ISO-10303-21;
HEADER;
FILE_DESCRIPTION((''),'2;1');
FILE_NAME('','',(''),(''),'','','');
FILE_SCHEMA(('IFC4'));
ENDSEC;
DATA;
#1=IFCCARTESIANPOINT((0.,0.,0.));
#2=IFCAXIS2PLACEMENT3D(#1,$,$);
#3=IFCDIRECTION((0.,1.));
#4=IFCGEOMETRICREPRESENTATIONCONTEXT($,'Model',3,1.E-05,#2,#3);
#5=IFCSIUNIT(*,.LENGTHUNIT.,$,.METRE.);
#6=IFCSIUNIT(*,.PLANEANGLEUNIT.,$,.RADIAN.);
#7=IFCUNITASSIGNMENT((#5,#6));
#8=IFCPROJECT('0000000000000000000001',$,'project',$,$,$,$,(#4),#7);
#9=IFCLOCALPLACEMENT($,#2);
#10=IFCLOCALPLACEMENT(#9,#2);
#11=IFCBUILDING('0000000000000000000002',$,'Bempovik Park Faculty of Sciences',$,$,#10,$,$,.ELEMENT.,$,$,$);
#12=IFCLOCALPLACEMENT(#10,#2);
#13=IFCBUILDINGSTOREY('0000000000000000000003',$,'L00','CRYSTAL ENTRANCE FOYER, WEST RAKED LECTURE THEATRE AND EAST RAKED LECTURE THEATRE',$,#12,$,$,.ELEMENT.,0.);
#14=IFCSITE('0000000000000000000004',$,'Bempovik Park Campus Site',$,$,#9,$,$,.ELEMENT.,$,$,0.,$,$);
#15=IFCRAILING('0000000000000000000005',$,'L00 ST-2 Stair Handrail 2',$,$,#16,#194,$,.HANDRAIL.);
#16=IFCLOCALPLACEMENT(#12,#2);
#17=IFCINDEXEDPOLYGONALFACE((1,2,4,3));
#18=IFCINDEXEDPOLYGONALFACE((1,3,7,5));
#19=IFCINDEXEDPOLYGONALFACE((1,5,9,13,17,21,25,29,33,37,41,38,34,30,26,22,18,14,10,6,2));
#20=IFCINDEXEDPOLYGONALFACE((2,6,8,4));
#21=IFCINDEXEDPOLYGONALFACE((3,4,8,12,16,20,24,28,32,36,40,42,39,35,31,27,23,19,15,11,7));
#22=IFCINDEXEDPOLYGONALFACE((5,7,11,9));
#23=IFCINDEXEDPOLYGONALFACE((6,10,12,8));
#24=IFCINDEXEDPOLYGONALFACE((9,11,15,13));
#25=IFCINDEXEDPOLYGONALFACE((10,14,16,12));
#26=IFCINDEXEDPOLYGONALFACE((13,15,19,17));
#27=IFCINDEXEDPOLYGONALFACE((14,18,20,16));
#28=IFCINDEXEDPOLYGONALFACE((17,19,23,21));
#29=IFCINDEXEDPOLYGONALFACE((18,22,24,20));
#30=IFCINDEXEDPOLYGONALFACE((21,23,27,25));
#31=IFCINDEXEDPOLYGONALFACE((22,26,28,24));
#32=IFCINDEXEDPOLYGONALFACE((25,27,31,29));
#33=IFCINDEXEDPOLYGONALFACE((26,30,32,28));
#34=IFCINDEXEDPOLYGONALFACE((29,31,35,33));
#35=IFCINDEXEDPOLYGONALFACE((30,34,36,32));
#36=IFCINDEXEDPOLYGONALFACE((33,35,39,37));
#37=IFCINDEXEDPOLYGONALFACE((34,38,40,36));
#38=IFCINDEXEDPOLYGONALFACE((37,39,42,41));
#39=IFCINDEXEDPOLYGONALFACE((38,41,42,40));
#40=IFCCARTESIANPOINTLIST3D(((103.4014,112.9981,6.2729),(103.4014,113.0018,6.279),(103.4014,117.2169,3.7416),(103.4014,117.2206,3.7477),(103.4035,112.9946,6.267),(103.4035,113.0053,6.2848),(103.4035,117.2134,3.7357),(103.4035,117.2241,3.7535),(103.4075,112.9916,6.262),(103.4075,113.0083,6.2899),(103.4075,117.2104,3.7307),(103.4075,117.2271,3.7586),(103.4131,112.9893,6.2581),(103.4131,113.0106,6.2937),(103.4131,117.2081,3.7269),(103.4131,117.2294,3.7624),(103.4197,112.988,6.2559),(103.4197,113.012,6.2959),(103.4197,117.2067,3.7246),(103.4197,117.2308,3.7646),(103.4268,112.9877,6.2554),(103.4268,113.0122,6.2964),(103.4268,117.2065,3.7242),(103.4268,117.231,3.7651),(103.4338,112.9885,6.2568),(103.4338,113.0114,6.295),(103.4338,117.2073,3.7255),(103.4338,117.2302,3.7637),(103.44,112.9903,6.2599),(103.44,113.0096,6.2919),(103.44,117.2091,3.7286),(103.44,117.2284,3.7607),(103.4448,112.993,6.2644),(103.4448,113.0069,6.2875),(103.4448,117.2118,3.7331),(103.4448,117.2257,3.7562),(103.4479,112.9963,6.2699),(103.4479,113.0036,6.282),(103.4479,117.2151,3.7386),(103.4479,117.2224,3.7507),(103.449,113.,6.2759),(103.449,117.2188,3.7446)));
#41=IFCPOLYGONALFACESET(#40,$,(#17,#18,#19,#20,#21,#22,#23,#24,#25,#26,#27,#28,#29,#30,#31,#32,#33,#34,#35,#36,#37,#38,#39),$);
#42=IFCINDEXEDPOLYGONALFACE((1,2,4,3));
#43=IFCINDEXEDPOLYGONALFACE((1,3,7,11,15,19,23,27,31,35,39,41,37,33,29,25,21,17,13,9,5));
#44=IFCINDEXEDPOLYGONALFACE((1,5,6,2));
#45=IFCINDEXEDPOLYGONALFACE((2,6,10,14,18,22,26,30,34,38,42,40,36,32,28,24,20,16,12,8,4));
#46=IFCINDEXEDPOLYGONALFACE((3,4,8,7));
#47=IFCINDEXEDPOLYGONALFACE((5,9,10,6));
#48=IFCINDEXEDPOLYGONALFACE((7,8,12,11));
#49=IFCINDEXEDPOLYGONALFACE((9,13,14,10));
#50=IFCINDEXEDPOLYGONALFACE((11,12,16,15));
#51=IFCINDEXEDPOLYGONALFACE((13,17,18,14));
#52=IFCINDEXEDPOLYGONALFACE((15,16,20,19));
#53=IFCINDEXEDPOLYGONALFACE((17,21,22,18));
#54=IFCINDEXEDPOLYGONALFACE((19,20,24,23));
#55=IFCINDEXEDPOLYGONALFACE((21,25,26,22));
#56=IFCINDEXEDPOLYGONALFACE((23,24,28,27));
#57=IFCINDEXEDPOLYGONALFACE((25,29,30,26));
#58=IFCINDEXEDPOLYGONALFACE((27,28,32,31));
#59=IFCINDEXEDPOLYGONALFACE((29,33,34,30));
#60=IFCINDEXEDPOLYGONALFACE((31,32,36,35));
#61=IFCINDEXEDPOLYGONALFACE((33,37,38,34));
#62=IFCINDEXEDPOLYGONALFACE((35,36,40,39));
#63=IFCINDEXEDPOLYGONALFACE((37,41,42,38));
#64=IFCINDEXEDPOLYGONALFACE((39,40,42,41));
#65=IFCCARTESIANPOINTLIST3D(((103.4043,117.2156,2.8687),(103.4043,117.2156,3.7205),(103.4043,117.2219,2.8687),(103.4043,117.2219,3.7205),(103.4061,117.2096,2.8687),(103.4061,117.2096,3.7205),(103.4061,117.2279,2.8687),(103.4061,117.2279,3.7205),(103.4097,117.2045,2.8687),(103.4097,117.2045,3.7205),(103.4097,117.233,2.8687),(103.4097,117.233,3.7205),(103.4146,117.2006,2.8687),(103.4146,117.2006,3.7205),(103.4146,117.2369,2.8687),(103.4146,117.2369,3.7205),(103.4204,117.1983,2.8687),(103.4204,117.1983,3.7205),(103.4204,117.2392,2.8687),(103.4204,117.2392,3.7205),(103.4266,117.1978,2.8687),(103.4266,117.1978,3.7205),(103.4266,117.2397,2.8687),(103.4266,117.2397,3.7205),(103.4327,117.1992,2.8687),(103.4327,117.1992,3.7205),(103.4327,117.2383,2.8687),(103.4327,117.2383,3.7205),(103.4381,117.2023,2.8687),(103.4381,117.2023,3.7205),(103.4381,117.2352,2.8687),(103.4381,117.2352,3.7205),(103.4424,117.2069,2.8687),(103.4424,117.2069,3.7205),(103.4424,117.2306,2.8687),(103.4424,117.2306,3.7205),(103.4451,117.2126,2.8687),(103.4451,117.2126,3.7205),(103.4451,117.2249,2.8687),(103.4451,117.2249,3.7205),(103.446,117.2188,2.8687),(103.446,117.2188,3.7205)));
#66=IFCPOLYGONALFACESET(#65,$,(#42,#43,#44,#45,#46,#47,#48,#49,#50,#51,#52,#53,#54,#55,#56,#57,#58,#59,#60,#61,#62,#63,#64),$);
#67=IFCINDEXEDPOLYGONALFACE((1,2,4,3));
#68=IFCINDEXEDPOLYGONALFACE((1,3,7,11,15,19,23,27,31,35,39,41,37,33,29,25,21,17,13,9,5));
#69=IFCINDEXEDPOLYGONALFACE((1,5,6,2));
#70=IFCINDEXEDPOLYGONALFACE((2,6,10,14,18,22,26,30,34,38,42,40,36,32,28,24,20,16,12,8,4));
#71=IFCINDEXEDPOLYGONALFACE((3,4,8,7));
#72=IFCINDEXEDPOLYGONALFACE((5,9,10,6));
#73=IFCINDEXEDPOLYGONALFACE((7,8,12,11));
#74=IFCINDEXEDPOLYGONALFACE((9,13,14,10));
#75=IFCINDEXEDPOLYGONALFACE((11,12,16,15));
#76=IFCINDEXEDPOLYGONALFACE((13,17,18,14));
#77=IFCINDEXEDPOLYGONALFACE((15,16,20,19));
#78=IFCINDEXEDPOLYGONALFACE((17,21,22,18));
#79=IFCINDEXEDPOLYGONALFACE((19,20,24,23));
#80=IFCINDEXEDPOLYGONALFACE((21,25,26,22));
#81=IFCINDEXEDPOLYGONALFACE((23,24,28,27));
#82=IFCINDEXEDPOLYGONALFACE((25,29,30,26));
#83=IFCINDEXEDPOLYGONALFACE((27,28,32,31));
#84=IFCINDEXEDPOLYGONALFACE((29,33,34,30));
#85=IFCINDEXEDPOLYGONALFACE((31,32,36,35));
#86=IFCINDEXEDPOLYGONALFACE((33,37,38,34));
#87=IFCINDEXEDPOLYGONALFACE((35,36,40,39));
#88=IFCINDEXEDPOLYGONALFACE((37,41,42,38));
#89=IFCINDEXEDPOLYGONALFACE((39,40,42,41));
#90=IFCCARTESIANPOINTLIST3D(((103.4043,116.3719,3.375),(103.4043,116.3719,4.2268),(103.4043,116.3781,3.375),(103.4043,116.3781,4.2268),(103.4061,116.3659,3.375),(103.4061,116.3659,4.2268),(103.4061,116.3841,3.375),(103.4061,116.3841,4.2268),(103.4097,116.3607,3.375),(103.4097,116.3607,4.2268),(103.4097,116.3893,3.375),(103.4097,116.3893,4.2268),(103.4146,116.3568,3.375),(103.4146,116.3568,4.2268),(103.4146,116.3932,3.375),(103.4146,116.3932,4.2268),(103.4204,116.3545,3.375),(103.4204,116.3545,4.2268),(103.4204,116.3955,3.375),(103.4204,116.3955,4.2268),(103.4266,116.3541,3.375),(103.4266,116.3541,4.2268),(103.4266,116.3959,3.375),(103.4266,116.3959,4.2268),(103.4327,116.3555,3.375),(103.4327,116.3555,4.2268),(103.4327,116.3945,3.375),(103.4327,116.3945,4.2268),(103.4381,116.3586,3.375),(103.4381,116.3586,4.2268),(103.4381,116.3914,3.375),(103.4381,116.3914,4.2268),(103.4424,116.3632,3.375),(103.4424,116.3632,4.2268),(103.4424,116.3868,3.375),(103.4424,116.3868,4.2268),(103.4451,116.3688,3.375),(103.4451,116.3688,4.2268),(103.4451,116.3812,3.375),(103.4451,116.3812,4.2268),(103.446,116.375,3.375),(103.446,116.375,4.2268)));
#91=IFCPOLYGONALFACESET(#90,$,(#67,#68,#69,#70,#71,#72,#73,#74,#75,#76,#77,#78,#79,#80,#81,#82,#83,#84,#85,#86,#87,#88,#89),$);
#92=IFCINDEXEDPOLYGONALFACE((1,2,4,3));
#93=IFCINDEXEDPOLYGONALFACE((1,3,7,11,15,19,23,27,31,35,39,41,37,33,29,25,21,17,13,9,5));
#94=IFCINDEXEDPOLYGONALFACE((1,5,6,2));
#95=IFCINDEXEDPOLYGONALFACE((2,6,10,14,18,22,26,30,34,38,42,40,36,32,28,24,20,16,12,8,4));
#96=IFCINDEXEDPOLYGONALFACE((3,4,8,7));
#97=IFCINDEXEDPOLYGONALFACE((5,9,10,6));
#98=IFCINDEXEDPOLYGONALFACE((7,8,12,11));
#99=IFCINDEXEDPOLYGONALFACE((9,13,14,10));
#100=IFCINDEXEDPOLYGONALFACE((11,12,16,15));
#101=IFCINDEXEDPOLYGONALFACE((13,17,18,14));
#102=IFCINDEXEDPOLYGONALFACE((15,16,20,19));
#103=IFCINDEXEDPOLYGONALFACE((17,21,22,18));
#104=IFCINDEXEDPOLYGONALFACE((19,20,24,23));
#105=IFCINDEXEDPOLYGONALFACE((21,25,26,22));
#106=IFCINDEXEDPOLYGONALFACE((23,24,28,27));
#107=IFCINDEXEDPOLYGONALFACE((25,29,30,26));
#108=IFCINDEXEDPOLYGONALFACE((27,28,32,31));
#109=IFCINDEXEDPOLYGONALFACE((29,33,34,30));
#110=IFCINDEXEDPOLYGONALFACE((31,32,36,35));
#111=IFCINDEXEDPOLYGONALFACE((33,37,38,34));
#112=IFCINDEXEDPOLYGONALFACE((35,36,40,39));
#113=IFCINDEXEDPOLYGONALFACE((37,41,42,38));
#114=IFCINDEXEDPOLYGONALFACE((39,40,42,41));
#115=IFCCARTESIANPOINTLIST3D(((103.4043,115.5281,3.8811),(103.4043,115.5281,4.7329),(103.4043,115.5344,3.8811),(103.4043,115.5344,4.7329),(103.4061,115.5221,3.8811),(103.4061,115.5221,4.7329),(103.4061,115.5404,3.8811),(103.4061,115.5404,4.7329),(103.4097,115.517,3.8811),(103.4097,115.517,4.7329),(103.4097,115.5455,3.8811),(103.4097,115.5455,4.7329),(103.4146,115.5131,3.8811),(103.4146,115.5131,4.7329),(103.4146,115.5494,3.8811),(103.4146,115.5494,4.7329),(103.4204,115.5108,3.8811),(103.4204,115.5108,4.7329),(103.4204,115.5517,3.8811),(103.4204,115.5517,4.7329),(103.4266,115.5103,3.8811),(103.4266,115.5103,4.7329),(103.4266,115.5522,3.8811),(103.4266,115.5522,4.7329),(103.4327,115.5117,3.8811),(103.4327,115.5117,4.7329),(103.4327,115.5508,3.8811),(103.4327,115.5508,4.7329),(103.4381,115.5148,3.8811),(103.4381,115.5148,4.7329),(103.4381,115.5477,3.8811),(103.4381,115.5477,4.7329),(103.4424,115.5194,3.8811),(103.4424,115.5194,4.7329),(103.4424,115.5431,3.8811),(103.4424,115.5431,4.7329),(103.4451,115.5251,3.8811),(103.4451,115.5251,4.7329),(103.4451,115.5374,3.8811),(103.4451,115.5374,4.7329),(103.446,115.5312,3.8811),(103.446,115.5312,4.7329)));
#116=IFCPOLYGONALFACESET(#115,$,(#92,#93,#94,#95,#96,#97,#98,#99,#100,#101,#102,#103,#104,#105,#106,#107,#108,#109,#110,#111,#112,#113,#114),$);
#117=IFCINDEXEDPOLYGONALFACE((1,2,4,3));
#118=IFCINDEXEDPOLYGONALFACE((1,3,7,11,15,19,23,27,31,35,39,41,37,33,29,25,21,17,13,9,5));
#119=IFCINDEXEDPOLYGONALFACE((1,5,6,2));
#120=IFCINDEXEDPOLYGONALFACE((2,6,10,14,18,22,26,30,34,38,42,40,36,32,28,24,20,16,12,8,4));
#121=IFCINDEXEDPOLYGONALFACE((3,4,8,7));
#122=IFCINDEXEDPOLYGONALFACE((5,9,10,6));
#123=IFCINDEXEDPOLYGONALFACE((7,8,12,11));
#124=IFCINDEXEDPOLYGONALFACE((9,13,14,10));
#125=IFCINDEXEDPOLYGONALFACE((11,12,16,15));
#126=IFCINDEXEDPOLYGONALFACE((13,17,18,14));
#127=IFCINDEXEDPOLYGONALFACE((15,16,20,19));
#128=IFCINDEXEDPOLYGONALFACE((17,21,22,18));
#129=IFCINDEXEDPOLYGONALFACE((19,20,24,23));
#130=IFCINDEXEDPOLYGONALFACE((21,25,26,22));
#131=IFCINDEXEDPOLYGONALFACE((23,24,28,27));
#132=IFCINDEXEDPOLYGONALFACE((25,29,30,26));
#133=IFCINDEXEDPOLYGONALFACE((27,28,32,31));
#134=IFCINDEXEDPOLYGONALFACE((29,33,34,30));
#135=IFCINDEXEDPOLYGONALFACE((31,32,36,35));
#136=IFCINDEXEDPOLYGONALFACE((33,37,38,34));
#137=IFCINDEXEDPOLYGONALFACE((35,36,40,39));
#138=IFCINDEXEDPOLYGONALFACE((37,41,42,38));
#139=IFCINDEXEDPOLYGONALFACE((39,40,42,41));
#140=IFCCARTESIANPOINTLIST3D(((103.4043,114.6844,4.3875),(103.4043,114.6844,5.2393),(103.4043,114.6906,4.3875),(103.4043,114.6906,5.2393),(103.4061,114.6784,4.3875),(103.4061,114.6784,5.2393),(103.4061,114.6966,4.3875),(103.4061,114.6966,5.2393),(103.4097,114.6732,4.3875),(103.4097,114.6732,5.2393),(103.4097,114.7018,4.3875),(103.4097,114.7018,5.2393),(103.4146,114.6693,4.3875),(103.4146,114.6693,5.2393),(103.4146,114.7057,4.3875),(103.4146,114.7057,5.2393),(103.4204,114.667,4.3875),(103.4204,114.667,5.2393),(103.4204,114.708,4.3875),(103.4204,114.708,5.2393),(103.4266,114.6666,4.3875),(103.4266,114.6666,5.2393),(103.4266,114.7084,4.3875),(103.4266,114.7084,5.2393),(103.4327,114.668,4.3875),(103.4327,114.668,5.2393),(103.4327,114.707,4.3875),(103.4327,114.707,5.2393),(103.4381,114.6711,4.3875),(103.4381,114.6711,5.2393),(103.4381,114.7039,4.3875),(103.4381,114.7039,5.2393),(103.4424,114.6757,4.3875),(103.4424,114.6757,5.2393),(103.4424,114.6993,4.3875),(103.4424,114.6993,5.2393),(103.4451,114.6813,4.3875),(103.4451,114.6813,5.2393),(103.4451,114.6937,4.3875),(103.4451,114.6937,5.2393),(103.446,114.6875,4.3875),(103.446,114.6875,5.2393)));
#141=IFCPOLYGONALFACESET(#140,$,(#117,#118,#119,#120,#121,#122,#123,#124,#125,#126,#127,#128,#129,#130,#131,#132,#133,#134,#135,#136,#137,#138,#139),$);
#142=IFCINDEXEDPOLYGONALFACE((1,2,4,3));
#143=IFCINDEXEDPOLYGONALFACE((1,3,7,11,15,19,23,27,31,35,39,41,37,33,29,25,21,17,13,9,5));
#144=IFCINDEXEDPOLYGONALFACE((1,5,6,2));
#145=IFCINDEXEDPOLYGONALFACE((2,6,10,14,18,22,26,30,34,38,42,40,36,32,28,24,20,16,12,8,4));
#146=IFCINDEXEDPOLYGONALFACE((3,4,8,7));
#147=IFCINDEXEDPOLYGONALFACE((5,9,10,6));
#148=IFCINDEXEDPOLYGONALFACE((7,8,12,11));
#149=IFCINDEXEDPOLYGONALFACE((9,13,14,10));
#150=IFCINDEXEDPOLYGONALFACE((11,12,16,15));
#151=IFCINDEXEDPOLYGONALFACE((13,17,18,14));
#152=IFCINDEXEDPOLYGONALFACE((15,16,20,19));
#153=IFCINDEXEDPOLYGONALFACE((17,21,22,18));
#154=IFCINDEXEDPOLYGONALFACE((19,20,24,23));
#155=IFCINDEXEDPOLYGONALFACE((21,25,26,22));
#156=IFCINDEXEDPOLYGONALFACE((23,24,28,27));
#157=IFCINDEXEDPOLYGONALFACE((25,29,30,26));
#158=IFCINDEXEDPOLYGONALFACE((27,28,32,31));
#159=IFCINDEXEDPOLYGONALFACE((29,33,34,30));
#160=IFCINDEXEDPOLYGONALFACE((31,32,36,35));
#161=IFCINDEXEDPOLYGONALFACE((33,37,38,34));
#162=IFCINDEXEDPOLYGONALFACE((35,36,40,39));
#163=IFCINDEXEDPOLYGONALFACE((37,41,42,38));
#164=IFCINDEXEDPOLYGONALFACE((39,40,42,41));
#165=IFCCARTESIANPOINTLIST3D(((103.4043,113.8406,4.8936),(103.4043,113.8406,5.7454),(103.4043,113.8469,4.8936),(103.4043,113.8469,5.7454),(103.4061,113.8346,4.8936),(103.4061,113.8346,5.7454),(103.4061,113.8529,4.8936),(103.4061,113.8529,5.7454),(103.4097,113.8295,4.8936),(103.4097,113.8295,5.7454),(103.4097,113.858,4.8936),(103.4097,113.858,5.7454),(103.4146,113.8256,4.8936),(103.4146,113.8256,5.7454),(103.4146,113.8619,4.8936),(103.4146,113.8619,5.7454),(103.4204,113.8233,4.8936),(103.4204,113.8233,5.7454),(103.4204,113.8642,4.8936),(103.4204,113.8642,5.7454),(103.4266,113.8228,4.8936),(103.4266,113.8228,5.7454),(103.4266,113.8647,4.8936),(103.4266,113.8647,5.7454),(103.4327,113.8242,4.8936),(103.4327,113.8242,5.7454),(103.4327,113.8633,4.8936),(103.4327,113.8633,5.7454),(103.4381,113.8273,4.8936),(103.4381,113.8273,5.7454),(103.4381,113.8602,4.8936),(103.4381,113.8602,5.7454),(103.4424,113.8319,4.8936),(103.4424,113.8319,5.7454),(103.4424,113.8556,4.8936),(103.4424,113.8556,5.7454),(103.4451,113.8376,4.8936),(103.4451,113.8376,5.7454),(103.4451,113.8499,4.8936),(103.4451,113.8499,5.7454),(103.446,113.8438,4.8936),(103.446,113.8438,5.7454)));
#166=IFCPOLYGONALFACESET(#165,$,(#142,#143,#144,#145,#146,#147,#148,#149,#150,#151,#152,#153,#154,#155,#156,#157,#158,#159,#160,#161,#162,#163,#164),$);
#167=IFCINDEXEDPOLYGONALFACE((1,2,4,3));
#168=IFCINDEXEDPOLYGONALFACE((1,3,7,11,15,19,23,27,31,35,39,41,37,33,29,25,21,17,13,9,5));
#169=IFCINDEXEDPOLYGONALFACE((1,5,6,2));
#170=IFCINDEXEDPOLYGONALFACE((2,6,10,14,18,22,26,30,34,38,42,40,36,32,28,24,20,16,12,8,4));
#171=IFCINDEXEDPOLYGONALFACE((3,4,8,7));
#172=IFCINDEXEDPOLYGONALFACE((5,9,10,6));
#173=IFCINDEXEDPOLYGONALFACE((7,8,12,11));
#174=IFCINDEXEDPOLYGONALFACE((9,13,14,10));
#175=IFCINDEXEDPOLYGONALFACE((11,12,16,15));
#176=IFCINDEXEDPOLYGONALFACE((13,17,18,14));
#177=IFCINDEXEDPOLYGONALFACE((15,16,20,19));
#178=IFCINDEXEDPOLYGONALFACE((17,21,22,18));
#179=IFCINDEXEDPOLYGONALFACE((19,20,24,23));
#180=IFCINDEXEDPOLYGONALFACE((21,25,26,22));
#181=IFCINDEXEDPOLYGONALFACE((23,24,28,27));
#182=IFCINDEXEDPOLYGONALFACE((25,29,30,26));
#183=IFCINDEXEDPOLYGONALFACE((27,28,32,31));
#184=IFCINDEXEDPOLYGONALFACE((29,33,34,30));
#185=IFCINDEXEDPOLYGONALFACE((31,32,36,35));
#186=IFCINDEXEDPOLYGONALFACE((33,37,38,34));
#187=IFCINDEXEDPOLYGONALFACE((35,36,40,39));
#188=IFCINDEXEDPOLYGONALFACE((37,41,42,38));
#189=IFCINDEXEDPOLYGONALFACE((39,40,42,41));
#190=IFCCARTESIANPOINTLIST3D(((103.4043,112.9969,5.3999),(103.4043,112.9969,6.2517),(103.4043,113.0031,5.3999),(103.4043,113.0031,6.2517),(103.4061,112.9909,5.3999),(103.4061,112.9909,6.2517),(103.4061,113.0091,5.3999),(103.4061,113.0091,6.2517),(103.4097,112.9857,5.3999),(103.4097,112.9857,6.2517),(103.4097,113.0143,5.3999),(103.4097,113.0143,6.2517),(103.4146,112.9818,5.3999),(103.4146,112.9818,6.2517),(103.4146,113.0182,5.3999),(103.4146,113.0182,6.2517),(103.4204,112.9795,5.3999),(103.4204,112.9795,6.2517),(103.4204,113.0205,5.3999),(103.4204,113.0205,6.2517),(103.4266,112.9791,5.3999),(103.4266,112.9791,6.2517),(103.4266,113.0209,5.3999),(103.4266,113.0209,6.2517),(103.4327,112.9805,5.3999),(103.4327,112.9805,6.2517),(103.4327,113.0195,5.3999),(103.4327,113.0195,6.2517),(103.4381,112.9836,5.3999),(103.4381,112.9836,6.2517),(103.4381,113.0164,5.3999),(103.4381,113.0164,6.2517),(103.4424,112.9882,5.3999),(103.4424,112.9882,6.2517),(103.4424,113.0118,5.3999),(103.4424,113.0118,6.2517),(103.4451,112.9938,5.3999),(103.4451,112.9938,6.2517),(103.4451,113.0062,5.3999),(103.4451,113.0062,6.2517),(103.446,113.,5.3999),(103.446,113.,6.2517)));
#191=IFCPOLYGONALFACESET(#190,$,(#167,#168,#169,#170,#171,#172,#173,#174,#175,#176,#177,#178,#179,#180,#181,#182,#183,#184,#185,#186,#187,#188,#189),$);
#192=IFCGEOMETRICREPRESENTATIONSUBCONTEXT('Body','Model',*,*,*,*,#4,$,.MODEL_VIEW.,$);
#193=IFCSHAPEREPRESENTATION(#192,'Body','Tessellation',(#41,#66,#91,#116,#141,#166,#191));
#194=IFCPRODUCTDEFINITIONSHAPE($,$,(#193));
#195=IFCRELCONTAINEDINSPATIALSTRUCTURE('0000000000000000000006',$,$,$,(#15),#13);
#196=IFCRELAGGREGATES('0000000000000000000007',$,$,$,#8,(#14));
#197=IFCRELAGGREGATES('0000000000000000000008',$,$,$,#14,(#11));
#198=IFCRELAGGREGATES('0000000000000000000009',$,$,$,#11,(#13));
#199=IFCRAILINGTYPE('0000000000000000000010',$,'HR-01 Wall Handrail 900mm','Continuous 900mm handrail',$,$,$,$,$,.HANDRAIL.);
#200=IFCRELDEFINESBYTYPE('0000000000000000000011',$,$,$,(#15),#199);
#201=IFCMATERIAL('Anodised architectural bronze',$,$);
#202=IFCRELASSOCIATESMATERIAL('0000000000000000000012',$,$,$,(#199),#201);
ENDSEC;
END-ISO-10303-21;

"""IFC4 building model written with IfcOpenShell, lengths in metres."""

from ifc_helpers import new_model, si_unit, direction, frame, origin, origin_2d, place, context, subcontext, project, spatial, circle, extrude, material, type_object, element, save


model = new_model("IFC4")

# Units and contexts
model_context = context("Model", 3, precision=1e-05, world=origin(), true_north=direction((0.0, 1.0)))
body_context = subcontext(model_context, "Body", "Model", "MODEL_VIEW")
ifc_project = project(units=[si_unit("LENGTHUNIT", "METRE"), si_unit("PLANEANGLEUNIT", "RADIAN")], contexts=[model_context])

# Site, building, storey
site_placement = place(None, origin())
site = spatial("IfcSite", under=ifc_project, at=site_placement, Name="Bempovik Park Campus Site", CompositionType="ELEMENT", RefElevation=0.0)
building_placement = place(site_placement, origin())
building = spatial("IfcBuilding", under=site, at=building_placement, Name="Bempovik Park Faculty of Sciences", CompositionType="ELEMENT")
storey_placement = place(building_placement, origin())
storey = spatial("IfcBuildingStorey", under=building, at=storey_placement, Name="L00", Description="CRYSTAL ENTRANCE FOYER, WEST RAKED LECTURE THEATRE AND EAST RAKED LECTURE THEATRE", CompositionType="ELEMENT", Elevation=0.0)

# Railing
ifc_material_1 = material(Name="Anodised architectural bronze")
railing_type_1 = type_object("IfcRailingType", Name="HR-01 Wall Handrail 900mm", Description="Continuous 900mm handrail", PredefinedType="HANDRAIL", material=ifc_material_1)
railing_1_placement = place(storey_placement, frame((103.425, 117.2188, 2.8687)))
element("IfcRailing", 1, at=railing_1_placement, inside=storey, type_object=railing_type_1, Name="L00 ST-2 Stair Handrail 2", PredefinedType="HANDRAIL", context=body_context, shape_type="SweptSolid", body=[
    extrude(circle(Radius=0.0239, at=origin_2d()), frame((0.0, 0.0, 0.876), z_axis=(0.0, -0.857493, 0.514496), x_axis=(1.0, 0.0, 0.0)), (0.0, 0.0, 1.0), 4.9199),
    extrude(circle(Radius=0.021, at=origin_2d()), origin(), (0.0, 0.0, 1.0), 0.8518),
    extrude(circle(Radius=0.021, at=origin_2d()), frame((0.0, -0.8438, 0.5063)), (0.0, 0.0, 1.0), 0.8518),
    extrude(circle(Radius=0.021, at=origin_2d()), frame((0.0, -1.6875, 1.0125)), (0.0, 0.0, 1.0), 0.8518),
    extrude(circle(Radius=0.021, at=origin_2d()), frame((0.0, -2.5312, 1.5188)), (0.0, 0.0, 1.0), 0.8518),
    extrude(circle(Radius=0.021, at=origin_2d()), frame((0.0, -3.375, 2.0249)), (0.0, 0.0, 1.0), 0.8518),
    extrude(circle(Radius=0.021, at=origin_2d()), frame((0.0, -4.2188, 2.5312)), (0.0, 0.0, 1.0), 0.8518),
])

save(model, "model.ifc")
